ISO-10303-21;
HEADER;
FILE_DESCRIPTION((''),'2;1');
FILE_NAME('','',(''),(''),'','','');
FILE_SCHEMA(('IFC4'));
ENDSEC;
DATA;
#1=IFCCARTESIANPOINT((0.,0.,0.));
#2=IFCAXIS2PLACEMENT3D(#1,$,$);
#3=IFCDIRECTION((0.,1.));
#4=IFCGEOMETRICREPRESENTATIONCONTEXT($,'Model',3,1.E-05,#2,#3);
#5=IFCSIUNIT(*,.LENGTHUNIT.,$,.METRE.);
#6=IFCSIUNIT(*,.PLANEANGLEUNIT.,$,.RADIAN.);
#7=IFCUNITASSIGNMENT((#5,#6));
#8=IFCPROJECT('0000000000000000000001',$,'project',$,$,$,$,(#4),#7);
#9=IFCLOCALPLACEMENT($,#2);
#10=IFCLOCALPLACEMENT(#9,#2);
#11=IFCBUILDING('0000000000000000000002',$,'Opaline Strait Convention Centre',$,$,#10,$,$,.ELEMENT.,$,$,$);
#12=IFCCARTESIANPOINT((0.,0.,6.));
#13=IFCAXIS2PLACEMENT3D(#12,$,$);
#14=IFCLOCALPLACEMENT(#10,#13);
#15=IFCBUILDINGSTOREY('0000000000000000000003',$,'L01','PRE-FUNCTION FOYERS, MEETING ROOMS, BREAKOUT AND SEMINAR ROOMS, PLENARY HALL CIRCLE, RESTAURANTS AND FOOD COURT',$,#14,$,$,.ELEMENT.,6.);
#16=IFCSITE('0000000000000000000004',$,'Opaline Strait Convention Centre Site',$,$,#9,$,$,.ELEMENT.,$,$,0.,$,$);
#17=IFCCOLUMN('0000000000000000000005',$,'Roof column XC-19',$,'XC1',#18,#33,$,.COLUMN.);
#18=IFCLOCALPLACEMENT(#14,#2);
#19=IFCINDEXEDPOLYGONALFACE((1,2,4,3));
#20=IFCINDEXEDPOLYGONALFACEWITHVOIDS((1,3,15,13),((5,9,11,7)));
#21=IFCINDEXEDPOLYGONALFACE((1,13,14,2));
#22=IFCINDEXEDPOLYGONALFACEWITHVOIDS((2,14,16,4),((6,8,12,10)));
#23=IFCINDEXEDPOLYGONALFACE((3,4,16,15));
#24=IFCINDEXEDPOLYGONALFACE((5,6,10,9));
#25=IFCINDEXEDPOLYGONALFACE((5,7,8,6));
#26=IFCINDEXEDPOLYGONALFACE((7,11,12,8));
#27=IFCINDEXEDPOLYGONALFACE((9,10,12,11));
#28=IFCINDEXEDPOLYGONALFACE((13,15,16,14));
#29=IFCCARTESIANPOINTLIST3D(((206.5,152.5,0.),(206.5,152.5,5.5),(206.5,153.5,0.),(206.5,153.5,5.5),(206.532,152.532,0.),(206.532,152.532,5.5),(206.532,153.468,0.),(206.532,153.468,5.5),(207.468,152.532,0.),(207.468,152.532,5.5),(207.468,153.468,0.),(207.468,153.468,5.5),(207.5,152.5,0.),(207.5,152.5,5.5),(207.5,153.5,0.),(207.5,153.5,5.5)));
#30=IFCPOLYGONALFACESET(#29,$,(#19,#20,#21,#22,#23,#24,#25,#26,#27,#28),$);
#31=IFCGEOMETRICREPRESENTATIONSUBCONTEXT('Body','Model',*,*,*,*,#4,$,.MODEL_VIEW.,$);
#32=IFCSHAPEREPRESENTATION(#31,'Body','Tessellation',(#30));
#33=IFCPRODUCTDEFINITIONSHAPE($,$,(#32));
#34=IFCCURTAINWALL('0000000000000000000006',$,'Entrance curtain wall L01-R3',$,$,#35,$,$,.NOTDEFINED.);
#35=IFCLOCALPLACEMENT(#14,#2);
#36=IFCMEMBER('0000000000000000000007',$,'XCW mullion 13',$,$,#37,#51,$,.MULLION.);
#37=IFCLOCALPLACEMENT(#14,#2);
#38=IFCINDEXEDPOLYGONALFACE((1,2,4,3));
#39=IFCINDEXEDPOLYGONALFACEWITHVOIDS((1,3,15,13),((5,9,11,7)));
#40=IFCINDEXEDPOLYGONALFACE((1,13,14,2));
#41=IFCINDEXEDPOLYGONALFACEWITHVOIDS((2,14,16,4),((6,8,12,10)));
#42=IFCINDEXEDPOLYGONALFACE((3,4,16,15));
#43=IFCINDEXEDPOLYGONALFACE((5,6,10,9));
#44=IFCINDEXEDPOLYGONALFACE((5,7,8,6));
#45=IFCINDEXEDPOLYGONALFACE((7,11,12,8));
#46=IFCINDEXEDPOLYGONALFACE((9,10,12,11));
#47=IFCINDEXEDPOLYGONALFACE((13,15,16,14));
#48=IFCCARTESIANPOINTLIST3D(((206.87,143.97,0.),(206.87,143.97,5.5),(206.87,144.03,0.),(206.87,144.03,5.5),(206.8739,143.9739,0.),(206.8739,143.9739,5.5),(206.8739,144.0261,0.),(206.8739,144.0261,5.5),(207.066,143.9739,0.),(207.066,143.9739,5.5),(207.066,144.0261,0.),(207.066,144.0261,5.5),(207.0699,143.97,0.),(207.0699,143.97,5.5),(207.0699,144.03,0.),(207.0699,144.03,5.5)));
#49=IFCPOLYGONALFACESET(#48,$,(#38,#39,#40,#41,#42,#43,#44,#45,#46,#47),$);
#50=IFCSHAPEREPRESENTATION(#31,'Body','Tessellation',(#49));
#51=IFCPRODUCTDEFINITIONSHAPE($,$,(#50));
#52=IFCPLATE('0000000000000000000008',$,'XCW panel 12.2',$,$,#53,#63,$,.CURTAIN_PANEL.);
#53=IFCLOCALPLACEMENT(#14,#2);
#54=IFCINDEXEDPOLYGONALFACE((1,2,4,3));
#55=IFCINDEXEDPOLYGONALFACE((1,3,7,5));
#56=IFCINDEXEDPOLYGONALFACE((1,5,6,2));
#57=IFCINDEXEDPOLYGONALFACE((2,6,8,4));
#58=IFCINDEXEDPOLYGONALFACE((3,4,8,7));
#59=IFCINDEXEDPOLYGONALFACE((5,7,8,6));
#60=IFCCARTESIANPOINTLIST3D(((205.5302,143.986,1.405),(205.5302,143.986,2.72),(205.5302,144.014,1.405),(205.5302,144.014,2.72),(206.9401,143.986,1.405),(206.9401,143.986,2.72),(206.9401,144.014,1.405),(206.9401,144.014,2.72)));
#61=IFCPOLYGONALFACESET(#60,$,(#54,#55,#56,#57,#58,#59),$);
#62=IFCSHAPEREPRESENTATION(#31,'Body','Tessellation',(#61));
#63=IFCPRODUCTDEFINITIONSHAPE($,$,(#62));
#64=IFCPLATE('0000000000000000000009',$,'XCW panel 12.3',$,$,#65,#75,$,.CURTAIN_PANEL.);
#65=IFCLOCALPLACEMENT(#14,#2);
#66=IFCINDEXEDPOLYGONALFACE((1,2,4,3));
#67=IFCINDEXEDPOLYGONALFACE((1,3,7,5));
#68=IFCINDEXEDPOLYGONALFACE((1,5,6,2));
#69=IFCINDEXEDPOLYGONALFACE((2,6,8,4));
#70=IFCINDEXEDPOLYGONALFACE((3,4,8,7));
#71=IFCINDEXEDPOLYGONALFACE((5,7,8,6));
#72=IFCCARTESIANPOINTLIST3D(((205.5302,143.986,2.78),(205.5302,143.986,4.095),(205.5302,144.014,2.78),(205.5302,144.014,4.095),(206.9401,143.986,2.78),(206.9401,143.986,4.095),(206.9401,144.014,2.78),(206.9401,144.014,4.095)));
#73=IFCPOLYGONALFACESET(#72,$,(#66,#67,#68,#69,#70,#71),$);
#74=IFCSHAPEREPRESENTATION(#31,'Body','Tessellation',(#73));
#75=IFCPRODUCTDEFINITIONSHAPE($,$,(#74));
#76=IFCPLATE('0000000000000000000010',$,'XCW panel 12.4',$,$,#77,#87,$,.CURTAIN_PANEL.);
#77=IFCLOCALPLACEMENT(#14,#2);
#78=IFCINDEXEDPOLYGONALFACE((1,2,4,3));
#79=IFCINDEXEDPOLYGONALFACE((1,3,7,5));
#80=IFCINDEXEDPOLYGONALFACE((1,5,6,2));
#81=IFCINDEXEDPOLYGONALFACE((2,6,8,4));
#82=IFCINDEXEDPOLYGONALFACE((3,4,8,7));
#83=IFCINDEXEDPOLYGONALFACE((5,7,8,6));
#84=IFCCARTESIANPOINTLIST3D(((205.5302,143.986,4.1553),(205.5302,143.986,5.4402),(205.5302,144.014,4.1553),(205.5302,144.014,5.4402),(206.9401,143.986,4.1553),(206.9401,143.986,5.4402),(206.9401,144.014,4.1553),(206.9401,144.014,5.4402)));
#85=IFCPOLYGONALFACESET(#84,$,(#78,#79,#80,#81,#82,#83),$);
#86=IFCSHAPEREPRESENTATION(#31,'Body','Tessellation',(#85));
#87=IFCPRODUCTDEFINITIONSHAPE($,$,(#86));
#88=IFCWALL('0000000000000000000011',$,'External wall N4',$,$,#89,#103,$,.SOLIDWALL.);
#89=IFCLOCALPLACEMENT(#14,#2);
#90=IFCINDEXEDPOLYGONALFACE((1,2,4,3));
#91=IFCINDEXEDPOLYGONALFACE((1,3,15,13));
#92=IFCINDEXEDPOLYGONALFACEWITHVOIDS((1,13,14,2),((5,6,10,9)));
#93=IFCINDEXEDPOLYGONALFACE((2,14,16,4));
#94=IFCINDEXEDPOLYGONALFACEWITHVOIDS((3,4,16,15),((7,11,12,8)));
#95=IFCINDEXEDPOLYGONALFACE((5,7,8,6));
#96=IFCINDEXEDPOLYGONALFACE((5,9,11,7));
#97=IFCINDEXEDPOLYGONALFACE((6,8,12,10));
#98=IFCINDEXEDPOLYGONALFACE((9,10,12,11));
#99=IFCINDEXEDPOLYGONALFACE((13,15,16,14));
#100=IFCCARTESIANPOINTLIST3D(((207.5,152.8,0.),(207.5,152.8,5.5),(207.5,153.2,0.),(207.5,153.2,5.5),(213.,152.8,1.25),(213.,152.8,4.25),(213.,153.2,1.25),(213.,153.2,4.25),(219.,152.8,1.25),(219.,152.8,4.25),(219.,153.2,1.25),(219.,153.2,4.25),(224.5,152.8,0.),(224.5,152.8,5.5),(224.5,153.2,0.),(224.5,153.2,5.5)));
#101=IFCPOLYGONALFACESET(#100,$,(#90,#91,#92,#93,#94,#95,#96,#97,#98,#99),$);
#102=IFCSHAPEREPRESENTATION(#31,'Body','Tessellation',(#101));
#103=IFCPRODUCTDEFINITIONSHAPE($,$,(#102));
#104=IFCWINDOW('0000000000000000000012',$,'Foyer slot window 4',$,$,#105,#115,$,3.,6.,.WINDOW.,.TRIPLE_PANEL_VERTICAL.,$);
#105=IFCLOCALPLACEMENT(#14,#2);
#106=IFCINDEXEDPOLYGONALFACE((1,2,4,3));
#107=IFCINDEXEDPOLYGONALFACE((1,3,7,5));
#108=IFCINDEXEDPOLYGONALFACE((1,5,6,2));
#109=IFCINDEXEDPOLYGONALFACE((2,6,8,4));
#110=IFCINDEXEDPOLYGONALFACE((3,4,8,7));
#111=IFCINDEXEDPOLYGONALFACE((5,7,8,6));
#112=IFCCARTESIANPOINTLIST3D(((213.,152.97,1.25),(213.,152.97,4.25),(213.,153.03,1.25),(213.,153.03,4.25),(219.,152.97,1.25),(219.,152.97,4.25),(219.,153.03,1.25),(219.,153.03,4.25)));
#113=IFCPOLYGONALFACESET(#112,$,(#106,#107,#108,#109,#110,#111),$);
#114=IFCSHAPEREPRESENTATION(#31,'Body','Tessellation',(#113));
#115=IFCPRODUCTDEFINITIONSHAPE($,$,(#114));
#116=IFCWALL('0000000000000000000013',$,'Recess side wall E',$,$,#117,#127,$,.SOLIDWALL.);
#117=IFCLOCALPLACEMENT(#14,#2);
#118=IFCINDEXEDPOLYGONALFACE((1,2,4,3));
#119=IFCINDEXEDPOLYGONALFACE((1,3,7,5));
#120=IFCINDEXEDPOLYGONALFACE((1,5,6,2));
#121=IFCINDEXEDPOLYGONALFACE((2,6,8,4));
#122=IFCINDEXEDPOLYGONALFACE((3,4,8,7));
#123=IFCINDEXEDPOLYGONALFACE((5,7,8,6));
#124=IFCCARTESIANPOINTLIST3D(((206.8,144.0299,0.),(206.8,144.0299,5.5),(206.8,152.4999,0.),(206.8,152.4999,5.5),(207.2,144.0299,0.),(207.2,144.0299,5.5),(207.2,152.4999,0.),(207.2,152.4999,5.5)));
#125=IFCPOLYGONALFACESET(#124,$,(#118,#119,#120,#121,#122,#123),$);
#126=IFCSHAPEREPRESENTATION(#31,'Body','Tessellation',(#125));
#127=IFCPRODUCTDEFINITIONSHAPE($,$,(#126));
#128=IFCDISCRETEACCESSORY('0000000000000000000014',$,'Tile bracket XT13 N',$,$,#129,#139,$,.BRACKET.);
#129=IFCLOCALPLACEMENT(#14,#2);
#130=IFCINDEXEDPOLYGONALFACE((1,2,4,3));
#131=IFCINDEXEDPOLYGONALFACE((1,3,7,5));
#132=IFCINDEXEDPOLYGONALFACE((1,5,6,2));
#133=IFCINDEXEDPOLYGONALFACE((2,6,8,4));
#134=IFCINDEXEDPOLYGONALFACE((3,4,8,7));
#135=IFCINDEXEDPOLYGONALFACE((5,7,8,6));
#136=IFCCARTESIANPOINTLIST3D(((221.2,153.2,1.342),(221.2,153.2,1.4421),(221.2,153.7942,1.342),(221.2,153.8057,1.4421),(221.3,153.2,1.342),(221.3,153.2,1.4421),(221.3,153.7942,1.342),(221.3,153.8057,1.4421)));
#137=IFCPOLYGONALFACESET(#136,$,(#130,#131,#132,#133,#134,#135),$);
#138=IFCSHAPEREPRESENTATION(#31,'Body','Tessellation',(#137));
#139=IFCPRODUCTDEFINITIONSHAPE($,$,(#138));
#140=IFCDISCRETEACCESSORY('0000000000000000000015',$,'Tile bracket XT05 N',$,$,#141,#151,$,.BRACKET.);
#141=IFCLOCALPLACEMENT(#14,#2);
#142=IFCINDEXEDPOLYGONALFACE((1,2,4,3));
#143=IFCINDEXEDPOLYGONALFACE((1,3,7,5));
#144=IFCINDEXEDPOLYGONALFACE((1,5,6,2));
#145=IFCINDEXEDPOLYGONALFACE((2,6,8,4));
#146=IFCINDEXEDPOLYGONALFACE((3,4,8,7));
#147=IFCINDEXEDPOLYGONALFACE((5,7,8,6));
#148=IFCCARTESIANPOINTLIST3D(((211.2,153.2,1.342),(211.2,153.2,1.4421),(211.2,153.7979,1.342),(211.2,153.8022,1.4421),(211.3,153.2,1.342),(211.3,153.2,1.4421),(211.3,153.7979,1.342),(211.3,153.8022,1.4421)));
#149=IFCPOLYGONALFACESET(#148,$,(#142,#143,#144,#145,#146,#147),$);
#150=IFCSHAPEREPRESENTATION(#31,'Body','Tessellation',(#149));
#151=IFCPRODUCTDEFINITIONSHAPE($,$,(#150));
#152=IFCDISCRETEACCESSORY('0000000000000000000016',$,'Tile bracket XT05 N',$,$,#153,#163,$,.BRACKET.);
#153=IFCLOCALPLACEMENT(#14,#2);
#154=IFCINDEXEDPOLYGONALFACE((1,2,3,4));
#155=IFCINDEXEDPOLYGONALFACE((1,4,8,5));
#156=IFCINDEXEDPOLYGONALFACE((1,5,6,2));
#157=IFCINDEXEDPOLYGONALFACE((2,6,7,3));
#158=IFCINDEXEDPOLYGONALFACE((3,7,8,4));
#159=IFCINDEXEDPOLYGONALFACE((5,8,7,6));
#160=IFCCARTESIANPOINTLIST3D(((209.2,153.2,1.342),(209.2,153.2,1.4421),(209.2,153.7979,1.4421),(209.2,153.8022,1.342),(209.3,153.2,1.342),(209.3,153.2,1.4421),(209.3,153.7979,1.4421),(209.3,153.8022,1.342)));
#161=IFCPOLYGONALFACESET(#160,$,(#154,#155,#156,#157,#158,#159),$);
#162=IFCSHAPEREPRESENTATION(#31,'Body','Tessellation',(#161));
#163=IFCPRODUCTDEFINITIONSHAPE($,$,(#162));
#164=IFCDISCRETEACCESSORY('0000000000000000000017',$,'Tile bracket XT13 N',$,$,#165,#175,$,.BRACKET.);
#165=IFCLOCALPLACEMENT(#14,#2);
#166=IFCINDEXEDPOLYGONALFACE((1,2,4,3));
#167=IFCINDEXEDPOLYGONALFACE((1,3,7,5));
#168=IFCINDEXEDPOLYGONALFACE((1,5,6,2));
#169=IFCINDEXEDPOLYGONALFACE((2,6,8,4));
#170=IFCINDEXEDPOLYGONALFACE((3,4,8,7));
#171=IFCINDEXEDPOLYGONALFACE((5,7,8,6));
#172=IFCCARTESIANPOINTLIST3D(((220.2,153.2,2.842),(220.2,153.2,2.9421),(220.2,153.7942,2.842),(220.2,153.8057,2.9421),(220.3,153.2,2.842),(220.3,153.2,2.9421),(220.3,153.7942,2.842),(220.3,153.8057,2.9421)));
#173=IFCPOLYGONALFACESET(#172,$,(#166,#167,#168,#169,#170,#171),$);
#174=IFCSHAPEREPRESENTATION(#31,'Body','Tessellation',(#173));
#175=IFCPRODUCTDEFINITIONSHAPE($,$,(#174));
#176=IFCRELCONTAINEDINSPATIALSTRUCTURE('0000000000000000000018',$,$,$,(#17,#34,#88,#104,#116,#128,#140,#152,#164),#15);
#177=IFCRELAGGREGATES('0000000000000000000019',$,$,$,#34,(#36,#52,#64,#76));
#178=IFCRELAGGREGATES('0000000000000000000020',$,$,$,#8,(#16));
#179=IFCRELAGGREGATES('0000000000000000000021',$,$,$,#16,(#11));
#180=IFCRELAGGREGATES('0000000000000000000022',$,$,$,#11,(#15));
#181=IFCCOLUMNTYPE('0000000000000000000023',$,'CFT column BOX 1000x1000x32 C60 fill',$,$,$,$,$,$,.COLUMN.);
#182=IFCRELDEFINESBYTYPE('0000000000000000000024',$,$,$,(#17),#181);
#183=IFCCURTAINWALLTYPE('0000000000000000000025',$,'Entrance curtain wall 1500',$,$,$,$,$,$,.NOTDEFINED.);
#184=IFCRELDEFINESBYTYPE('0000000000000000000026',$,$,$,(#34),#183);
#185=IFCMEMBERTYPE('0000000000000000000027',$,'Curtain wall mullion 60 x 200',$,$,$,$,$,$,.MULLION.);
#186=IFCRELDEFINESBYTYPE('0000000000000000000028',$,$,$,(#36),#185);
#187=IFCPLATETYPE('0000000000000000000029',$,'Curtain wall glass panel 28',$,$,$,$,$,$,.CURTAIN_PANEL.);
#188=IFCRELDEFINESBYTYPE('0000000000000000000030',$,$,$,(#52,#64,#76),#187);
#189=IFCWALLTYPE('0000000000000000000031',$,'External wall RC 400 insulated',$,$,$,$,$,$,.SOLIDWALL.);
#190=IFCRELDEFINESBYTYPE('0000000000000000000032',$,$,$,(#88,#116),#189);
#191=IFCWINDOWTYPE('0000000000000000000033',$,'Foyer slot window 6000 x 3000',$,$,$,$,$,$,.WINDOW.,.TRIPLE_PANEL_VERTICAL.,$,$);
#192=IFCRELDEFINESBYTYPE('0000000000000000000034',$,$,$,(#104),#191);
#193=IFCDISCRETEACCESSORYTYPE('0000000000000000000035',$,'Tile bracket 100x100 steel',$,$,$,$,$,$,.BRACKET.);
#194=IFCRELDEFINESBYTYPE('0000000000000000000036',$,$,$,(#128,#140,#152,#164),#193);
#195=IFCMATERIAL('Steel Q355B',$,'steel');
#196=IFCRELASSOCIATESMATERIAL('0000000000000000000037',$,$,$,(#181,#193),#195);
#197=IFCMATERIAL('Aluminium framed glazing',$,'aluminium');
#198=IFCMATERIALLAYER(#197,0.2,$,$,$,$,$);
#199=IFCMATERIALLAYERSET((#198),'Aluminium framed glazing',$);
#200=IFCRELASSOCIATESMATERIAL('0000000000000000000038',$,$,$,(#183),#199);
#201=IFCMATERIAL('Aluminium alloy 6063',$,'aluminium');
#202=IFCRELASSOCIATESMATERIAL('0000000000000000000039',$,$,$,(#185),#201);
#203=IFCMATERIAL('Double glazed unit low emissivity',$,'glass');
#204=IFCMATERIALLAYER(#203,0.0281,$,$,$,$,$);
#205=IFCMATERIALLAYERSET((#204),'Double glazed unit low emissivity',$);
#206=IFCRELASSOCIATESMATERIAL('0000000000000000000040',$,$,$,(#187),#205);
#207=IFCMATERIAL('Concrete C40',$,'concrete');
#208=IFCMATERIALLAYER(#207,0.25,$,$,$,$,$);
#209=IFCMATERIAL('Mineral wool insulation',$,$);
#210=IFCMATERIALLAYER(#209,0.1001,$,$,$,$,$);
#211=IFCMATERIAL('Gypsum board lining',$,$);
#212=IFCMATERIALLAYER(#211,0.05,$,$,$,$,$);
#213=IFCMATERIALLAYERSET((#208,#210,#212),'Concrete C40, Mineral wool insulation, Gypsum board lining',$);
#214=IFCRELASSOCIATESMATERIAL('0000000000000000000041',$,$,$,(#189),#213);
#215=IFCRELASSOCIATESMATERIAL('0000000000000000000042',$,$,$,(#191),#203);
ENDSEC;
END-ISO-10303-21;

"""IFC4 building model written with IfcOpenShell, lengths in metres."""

from ifc_helpers import new_model, si_unit, direction, frame, frame_2d, origin, origin_2d, place, context, subcontext, project, spatial, polyline, rectangle, hollow_rectangle, outline, extrude, material, layer, layer_set, material_profile, profile_set, type_object, element, fill, aggregate, save


model = new_model("IFC4")

# Units and contexts
model_context = context("Model", 3, precision=1e-05, world=origin(), true_north=direction((0.0, 1.0)))
body_context = subcontext(model_context, "Body", "Model", "MODEL_VIEW")
ifc_project = project(units=[si_unit("LENGTHUNIT", "METRE"), si_unit("PLANEANGLEUNIT", "RADIAN")], contexts=[model_context])

# Site, building, storey
site_placement = place(None, origin())
site = spatial("IfcSite", under=ifc_project, at=site_placement, Name="Opaline Strait Convention Centre Site", CompositionType="ELEMENT", RefElevation=0.0)
building_placement = place(site_placement, origin())
building = spatial("IfcBuilding", under=site, at=building_placement, Name="Opaline Strait Convention Centre", CompositionType="ELEMENT")
storey_placement = place(building_placement, frame((0.0, 0.0, 6.0)))
storey = spatial("IfcBuildingStorey", under=building, at=storey_placement, Name="L01", Description="PRE-FUNCTION FOYERS, MEETING ROOMS, BREAKOUT AND SEMINAR ROOMS, PLENARY HALL CIRCLE, RESTAURANTS AND FOOD COURT", CompositionType="ELEMENT", Elevation=6.0)

# Column
ifc_material_1 = material(Name="Steel Q355B", Category="steel")
ifc_material_profile_1 = material_profile(ifc_material_1, hollow_rectangle(XDim=1.0, YDim=1.0, WallThickness=0.032, at=origin_2d()), Name="BOX 1000x1000x32")
ifc_profile_set_1 = profile_set([ifc_material_profile_1], Name="Steel Q355B")
column_type = type_object("IfcColumnType", Name="CFT column BOX 1000x1000x32 C60 fill", PredefinedType="COLUMN", material=ifc_profile_set_1)
column_placement = place(storey_placement, frame((207.0, 153.0, 0.0), z_axis=(0.0, 0.0, 1.0), x_axis=(1.0, 0.0, 0.0)))
element("IfcColumn", 1, at=column_placement, inside=storey, type_object=column_type, Name="Roof column XC-19", ObjectType="XC1", PredefinedType="COLUMN", context=body_context, shape_type="SweptSolid", body=[
    extrude(hollow_rectangle(XDim=1.0, YDim=1.0, WallThickness=0.032, at=origin_2d()), origin(), (0.0, 0.0, 1.0), 5.5),
])

# Curtain wall, member, plates
ifc_material_2 = material(Name="Aluminium framed glazing", Category="aluminium")
ifc_layer_1 = layer(ifc_material_2, 0.2)
ifc_layer_set_1 = layer_set([ifc_layer_1], Name="Aluminium framed glazing")
curtain_wall_type = type_object("IfcCurtainWallType", Name="Entrance curtain wall 1500", PredefinedType="NOTDEFINED", material=ifc_layer_set_1)
curtain_wall_placement = place(storey_placement, origin())
curtain_wall = element("IfcCurtainWall", 2, at=curtain_wall_placement, inside=storey, type_object=curtain_wall_type, Name="Entrance curtain wall L01-R3", PredefinedType="NOTDEFINED")
ifc_material_3 = material(Name="Aluminium alloy 6063", Category="aluminium")
ifc_material_profile_2 = material_profile(ifc_material_3, hollow_rectangle(XDim=0.0601, YDim=0.2, WallThickness=0.0039, at=origin_2d()), Name="MULLION 60x200x4")
ifc_profile_set_2 = profile_set([ifc_material_profile_2], Name="Aluminium alloy 6063")
member_type = type_object("IfcMemberType", Name="Curtain wall mullion 60 x 200", PredefinedType="MULLION", material=ifc_profile_set_2)
member_placement = place(storey_placement, frame((206.97, 144.0, 0.0), z_axis=(0.0, 0.0, 1.0), x_axis=(0.0, 1.0, 0.0)))
member = element("IfcMember", 3, at=member_placement, type_object=member_type, Name="XCW mullion 13", PredefinedType="MULLION", context=body_context, shape_type="SweptSolid", body=[
    extrude(hollow_rectangle(XDim=0.0601, YDim=0.2, WallThickness=0.0039, at=origin_2d()), origin(), (0.0, 0.0, 1.0), 5.5),
])
ifc_material_4 = material(Name="Double glazed unit low emissivity", Category="glass")
ifc_layer_2 = layer(ifc_material_4, 0.0281)
ifc_layer_set_2 = layer_set([ifc_layer_2], Name="Double glazed unit low emissivity")
plate_type = type_object("IfcPlateType", Name="Curtain wall glass panel 28", PredefinedType="CURTAIN_PANEL", material=ifc_layer_set_2)
plate_1_placement = place(storey_placement, frame((206.2351, 144.0, 1.405), z_axis=(0.0, 0.0, 1.0), x_axis=(1.0, 0.0, 0.0)))
plate_1 = element("IfcPlate", 4, at=plate_1_placement, type_object=plate_type, Name="XCW panel 12.2", PredefinedType="CURTAIN_PANEL", context=body_context, shape_type="SweptSolid", body=[
    extrude(rectangle(XDim=1.4099, YDim=0.0281, at=origin_2d()), origin(), (0.0, 0.0, 1.0), 1.3149),
])
plate_2_placement = place(storey_placement, frame((206.2351, 144.0, 2.78), z_axis=(0.0, 0.0, 1.0), x_axis=(1.0, 0.0, 0.0)))
plate_2 = element("IfcPlate", 5, at=plate_2_placement, type_object=plate_type, Name="XCW panel 12.3", PredefinedType="CURTAIN_PANEL", context=body_context, shape_type="SweptSolid", body=[
    extrude(rectangle(XDim=1.4099, YDim=0.0281, at=origin_2d()), origin(), (0.0, 0.0, 1.0), 1.3149),
])
plate_3_placement = place(storey_placement, frame((206.2351, 144.0, 4.1553), z_axis=(0.0, 0.0, 1.0), x_axis=(1.0, 0.0, 0.0)))
plate_3 = element("IfcPlate", 6, at=plate_3_placement, type_object=plate_type, Name="XCW panel 12.4", PredefinedType="CURTAIN_PANEL", context=body_context, shape_type="SweptSolid", body=[
    extrude(rectangle(XDim=1.4099, YDim=0.0281, at=origin_2d()), origin(), (0.0, 0.0, 1.0), 1.2849),
])
aggregate(curtain_wall, [member, plate_1, plate_2, plate_3])

# Wall, opening, window
ifc_material_5 = material(Name="Concrete C40", Category="concrete")
ifc_layer_3 = layer(ifc_material_5, 0.25)
ifc_material_6 = material(Name="Mineral wool insulation")
ifc_layer_4 = layer(ifc_material_6, 0.1001)
ifc_material_7 = material(Name="Gypsum board lining")
ifc_layer_5 = layer(ifc_material_7, 0.05)
ifc_layer_set_3 = layer_set([ifc_layer_3, ifc_layer_4, ifc_layer_5], Name="Concrete C40, Mineral wool insulation, Gypsum board lining")
wall_type = type_object("IfcWallType", Name="External wall RC 400 insulated", PredefinedType="SOLIDWALL", material=ifc_layer_set_3)
wall_1_placement = place(storey_placement, frame((207.5, 153.0, 0.0), z_axis=(0.0, 0.0, 1.0), x_axis=(1.0, 0.0, 0.0)))
wall_1 = element("IfcWall", 7, at=wall_1_placement, inside=storey, type_object=wall_type, Name="External wall N4", PredefinedType="SOLIDWALL", context=body_context, shape_type="SweptSolid", body=[
    extrude(rectangle(XDim=17.0, YDim=0.3999, at=frame_2d((8.5, 0.0))), origin(), (0.0, 0.0, 1.0), 5.5),
])
opening_placement = place(wall_1_placement, frame((5.5, 0.0, 1.25)))
opening = element("IfcOpeningElement", 8, at=opening_placement, cuts=wall_1, PredefinedType="OPENING", context=body_context, shape_type="SweptSolid", body=[
    extrude(rectangle(XDim=6.0, YDim=3.0, at=frame_2d((3.0, 1.5))), frame((0.0, 0.21, 0.0), z_axis=(0.0, -1.0, 0.0), x_axis=(1.0, 0.0, 0.0)), (0.0, 0.0, 1.0), 0.4199),
])
window_type = type_object("IfcWindowType", Name="Foyer slot window 6000 x 3000", PartitioningType="TRIPLE_PANEL_VERTICAL", PredefinedType="WINDOW", material=ifc_material_4)
window_placement = place(opening_placement, origin())
window = element("IfcWindow", 9, at=window_placement, inside=storey, type_object=window_type, Name="Foyer slot window 4", OverallHeight=3.0, OverallWidth=6.0, PartitioningType="TRIPLE_PANEL_VERTICAL", PredefinedType="WINDOW", context=body_context, shape_type="SweptSolid", body=[
    extrude(rectangle(XDim=6.0, YDim=3.0, at=frame_2d((3.0, 1.5))), frame((0.0, 0.03, 0.0), z_axis=(0.0, -1.0, 0.0), x_axis=(1.0, 0.0, 0.0)), (0.0, 0.0, 1.0), 0.0601),
])
fill(opening, window)

# Wall
wall_2_placement = place(storey_placement, frame((207.0, 144.03, 0.0), z_axis=(0.0, 0.0, 1.0), x_axis=(0.0, 1.0, 0.0)))
element("IfcWall", 10, at=wall_2_placement, inside=storey, type_object=wall_type, Name="Recess side wall E", PredefinedType="SOLIDWALL", context=body_context, shape_type="SweptSolid", body=[
    extrude(rectangle(XDim=8.47, YDim=0.3999, at=frame_2d((4.2349, 0.0))), origin(), (0.0, 0.0, 1.0), 5.5),
])

# Discrete accessories
discrete_accessory_type = type_object("IfcDiscreteAccessoryType", Name="Tile bracket 100x100 steel", PredefinedType="BRACKET", material=ifc_material_1)
discrete_accessory_1_placement = place(storey_placement, frame((221.3, 153.2, 1.3921), z_axis=(-1.0, 0.0, 0.0), x_axis=(0.0, -1.0, 0.0)))
element("IfcDiscreteAccessory", 11, at=discrete_accessory_1_placement, inside=storey, type_object=discrete_accessory_type, Name="Tile bracket XT13 N", PredefinedType="BRACKET", context=body_context, shape_type="SweptSolid", body=[
    extrude(outline(polyline([(0.0, -0.05), (0.0, 0.05), (-0.6057, 0.05), (-0.5942, -0.05), (0.0, -0.05)])), origin(), (0.0, 0.0, 1.0), 0.1001),
])
discrete_accessory_2_placement = place(storey_placement, frame((211.3, 153.2, 1.3921), z_axis=(-1.0, 0.0, 0.0), x_axis=(0.0, -1.0, 0.0)))
element("IfcDiscreteAccessory", 12, at=discrete_accessory_2_placement, inside=storey, type_object=discrete_accessory_type, Name="Tile bracket XT05 N", PredefinedType="BRACKET", context=body_context, shape_type="SweptSolid", body=[
    extrude(outline(polyline([(0.0, -0.05), (0.0, 0.05), (-0.6023, 0.05), (-0.5979, -0.05), (0.0, -0.05)])), origin(), (0.0, 0.0, 1.0), 0.1001),
])
discrete_accessory_3_placement = place(storey_placement, frame((209.3, 153.2, 1.3921), z_axis=(-1.0, 0.0, 0.0), x_axis=(0.0, -1.0, 0.0)))
element("IfcDiscreteAccessory", 13, at=discrete_accessory_3_placement, inside=storey, type_object=discrete_accessory_type, Name="Tile bracket XT05 N", PredefinedType="BRACKET", context=body_context, shape_type="SweptSolid", body=[
    extrude(outline(polyline([(0.0, -0.05), (0.0, 0.05), (-0.5979, 0.05), (-0.6023, -0.05), (0.0, -0.05)])), origin(), (0.0, 0.0, 1.0), 0.1001),
])
discrete_accessory_4_placement = place(storey_placement, frame((220.3, 153.2, 2.8921), z_axis=(-1.0, 0.0, 0.0), x_axis=(0.0, -1.0, 0.0)))
element("IfcDiscreteAccessory", 14, at=discrete_accessory_4_placement, inside=storey, type_object=discrete_accessory_type, Name="Tile bracket XT13 N", PredefinedType="BRACKET", context=body_context, shape_type="SweptSolid", body=[
    extrude(outline(polyline([(0.0, -0.05), (0.0, 0.05), (-0.6057, 0.05), (-0.5942, -0.05), (0.0, -0.05)])), origin(), (0.0, 0.0, 1.0), 0.1001),
])

save(model, "model.ifc")
